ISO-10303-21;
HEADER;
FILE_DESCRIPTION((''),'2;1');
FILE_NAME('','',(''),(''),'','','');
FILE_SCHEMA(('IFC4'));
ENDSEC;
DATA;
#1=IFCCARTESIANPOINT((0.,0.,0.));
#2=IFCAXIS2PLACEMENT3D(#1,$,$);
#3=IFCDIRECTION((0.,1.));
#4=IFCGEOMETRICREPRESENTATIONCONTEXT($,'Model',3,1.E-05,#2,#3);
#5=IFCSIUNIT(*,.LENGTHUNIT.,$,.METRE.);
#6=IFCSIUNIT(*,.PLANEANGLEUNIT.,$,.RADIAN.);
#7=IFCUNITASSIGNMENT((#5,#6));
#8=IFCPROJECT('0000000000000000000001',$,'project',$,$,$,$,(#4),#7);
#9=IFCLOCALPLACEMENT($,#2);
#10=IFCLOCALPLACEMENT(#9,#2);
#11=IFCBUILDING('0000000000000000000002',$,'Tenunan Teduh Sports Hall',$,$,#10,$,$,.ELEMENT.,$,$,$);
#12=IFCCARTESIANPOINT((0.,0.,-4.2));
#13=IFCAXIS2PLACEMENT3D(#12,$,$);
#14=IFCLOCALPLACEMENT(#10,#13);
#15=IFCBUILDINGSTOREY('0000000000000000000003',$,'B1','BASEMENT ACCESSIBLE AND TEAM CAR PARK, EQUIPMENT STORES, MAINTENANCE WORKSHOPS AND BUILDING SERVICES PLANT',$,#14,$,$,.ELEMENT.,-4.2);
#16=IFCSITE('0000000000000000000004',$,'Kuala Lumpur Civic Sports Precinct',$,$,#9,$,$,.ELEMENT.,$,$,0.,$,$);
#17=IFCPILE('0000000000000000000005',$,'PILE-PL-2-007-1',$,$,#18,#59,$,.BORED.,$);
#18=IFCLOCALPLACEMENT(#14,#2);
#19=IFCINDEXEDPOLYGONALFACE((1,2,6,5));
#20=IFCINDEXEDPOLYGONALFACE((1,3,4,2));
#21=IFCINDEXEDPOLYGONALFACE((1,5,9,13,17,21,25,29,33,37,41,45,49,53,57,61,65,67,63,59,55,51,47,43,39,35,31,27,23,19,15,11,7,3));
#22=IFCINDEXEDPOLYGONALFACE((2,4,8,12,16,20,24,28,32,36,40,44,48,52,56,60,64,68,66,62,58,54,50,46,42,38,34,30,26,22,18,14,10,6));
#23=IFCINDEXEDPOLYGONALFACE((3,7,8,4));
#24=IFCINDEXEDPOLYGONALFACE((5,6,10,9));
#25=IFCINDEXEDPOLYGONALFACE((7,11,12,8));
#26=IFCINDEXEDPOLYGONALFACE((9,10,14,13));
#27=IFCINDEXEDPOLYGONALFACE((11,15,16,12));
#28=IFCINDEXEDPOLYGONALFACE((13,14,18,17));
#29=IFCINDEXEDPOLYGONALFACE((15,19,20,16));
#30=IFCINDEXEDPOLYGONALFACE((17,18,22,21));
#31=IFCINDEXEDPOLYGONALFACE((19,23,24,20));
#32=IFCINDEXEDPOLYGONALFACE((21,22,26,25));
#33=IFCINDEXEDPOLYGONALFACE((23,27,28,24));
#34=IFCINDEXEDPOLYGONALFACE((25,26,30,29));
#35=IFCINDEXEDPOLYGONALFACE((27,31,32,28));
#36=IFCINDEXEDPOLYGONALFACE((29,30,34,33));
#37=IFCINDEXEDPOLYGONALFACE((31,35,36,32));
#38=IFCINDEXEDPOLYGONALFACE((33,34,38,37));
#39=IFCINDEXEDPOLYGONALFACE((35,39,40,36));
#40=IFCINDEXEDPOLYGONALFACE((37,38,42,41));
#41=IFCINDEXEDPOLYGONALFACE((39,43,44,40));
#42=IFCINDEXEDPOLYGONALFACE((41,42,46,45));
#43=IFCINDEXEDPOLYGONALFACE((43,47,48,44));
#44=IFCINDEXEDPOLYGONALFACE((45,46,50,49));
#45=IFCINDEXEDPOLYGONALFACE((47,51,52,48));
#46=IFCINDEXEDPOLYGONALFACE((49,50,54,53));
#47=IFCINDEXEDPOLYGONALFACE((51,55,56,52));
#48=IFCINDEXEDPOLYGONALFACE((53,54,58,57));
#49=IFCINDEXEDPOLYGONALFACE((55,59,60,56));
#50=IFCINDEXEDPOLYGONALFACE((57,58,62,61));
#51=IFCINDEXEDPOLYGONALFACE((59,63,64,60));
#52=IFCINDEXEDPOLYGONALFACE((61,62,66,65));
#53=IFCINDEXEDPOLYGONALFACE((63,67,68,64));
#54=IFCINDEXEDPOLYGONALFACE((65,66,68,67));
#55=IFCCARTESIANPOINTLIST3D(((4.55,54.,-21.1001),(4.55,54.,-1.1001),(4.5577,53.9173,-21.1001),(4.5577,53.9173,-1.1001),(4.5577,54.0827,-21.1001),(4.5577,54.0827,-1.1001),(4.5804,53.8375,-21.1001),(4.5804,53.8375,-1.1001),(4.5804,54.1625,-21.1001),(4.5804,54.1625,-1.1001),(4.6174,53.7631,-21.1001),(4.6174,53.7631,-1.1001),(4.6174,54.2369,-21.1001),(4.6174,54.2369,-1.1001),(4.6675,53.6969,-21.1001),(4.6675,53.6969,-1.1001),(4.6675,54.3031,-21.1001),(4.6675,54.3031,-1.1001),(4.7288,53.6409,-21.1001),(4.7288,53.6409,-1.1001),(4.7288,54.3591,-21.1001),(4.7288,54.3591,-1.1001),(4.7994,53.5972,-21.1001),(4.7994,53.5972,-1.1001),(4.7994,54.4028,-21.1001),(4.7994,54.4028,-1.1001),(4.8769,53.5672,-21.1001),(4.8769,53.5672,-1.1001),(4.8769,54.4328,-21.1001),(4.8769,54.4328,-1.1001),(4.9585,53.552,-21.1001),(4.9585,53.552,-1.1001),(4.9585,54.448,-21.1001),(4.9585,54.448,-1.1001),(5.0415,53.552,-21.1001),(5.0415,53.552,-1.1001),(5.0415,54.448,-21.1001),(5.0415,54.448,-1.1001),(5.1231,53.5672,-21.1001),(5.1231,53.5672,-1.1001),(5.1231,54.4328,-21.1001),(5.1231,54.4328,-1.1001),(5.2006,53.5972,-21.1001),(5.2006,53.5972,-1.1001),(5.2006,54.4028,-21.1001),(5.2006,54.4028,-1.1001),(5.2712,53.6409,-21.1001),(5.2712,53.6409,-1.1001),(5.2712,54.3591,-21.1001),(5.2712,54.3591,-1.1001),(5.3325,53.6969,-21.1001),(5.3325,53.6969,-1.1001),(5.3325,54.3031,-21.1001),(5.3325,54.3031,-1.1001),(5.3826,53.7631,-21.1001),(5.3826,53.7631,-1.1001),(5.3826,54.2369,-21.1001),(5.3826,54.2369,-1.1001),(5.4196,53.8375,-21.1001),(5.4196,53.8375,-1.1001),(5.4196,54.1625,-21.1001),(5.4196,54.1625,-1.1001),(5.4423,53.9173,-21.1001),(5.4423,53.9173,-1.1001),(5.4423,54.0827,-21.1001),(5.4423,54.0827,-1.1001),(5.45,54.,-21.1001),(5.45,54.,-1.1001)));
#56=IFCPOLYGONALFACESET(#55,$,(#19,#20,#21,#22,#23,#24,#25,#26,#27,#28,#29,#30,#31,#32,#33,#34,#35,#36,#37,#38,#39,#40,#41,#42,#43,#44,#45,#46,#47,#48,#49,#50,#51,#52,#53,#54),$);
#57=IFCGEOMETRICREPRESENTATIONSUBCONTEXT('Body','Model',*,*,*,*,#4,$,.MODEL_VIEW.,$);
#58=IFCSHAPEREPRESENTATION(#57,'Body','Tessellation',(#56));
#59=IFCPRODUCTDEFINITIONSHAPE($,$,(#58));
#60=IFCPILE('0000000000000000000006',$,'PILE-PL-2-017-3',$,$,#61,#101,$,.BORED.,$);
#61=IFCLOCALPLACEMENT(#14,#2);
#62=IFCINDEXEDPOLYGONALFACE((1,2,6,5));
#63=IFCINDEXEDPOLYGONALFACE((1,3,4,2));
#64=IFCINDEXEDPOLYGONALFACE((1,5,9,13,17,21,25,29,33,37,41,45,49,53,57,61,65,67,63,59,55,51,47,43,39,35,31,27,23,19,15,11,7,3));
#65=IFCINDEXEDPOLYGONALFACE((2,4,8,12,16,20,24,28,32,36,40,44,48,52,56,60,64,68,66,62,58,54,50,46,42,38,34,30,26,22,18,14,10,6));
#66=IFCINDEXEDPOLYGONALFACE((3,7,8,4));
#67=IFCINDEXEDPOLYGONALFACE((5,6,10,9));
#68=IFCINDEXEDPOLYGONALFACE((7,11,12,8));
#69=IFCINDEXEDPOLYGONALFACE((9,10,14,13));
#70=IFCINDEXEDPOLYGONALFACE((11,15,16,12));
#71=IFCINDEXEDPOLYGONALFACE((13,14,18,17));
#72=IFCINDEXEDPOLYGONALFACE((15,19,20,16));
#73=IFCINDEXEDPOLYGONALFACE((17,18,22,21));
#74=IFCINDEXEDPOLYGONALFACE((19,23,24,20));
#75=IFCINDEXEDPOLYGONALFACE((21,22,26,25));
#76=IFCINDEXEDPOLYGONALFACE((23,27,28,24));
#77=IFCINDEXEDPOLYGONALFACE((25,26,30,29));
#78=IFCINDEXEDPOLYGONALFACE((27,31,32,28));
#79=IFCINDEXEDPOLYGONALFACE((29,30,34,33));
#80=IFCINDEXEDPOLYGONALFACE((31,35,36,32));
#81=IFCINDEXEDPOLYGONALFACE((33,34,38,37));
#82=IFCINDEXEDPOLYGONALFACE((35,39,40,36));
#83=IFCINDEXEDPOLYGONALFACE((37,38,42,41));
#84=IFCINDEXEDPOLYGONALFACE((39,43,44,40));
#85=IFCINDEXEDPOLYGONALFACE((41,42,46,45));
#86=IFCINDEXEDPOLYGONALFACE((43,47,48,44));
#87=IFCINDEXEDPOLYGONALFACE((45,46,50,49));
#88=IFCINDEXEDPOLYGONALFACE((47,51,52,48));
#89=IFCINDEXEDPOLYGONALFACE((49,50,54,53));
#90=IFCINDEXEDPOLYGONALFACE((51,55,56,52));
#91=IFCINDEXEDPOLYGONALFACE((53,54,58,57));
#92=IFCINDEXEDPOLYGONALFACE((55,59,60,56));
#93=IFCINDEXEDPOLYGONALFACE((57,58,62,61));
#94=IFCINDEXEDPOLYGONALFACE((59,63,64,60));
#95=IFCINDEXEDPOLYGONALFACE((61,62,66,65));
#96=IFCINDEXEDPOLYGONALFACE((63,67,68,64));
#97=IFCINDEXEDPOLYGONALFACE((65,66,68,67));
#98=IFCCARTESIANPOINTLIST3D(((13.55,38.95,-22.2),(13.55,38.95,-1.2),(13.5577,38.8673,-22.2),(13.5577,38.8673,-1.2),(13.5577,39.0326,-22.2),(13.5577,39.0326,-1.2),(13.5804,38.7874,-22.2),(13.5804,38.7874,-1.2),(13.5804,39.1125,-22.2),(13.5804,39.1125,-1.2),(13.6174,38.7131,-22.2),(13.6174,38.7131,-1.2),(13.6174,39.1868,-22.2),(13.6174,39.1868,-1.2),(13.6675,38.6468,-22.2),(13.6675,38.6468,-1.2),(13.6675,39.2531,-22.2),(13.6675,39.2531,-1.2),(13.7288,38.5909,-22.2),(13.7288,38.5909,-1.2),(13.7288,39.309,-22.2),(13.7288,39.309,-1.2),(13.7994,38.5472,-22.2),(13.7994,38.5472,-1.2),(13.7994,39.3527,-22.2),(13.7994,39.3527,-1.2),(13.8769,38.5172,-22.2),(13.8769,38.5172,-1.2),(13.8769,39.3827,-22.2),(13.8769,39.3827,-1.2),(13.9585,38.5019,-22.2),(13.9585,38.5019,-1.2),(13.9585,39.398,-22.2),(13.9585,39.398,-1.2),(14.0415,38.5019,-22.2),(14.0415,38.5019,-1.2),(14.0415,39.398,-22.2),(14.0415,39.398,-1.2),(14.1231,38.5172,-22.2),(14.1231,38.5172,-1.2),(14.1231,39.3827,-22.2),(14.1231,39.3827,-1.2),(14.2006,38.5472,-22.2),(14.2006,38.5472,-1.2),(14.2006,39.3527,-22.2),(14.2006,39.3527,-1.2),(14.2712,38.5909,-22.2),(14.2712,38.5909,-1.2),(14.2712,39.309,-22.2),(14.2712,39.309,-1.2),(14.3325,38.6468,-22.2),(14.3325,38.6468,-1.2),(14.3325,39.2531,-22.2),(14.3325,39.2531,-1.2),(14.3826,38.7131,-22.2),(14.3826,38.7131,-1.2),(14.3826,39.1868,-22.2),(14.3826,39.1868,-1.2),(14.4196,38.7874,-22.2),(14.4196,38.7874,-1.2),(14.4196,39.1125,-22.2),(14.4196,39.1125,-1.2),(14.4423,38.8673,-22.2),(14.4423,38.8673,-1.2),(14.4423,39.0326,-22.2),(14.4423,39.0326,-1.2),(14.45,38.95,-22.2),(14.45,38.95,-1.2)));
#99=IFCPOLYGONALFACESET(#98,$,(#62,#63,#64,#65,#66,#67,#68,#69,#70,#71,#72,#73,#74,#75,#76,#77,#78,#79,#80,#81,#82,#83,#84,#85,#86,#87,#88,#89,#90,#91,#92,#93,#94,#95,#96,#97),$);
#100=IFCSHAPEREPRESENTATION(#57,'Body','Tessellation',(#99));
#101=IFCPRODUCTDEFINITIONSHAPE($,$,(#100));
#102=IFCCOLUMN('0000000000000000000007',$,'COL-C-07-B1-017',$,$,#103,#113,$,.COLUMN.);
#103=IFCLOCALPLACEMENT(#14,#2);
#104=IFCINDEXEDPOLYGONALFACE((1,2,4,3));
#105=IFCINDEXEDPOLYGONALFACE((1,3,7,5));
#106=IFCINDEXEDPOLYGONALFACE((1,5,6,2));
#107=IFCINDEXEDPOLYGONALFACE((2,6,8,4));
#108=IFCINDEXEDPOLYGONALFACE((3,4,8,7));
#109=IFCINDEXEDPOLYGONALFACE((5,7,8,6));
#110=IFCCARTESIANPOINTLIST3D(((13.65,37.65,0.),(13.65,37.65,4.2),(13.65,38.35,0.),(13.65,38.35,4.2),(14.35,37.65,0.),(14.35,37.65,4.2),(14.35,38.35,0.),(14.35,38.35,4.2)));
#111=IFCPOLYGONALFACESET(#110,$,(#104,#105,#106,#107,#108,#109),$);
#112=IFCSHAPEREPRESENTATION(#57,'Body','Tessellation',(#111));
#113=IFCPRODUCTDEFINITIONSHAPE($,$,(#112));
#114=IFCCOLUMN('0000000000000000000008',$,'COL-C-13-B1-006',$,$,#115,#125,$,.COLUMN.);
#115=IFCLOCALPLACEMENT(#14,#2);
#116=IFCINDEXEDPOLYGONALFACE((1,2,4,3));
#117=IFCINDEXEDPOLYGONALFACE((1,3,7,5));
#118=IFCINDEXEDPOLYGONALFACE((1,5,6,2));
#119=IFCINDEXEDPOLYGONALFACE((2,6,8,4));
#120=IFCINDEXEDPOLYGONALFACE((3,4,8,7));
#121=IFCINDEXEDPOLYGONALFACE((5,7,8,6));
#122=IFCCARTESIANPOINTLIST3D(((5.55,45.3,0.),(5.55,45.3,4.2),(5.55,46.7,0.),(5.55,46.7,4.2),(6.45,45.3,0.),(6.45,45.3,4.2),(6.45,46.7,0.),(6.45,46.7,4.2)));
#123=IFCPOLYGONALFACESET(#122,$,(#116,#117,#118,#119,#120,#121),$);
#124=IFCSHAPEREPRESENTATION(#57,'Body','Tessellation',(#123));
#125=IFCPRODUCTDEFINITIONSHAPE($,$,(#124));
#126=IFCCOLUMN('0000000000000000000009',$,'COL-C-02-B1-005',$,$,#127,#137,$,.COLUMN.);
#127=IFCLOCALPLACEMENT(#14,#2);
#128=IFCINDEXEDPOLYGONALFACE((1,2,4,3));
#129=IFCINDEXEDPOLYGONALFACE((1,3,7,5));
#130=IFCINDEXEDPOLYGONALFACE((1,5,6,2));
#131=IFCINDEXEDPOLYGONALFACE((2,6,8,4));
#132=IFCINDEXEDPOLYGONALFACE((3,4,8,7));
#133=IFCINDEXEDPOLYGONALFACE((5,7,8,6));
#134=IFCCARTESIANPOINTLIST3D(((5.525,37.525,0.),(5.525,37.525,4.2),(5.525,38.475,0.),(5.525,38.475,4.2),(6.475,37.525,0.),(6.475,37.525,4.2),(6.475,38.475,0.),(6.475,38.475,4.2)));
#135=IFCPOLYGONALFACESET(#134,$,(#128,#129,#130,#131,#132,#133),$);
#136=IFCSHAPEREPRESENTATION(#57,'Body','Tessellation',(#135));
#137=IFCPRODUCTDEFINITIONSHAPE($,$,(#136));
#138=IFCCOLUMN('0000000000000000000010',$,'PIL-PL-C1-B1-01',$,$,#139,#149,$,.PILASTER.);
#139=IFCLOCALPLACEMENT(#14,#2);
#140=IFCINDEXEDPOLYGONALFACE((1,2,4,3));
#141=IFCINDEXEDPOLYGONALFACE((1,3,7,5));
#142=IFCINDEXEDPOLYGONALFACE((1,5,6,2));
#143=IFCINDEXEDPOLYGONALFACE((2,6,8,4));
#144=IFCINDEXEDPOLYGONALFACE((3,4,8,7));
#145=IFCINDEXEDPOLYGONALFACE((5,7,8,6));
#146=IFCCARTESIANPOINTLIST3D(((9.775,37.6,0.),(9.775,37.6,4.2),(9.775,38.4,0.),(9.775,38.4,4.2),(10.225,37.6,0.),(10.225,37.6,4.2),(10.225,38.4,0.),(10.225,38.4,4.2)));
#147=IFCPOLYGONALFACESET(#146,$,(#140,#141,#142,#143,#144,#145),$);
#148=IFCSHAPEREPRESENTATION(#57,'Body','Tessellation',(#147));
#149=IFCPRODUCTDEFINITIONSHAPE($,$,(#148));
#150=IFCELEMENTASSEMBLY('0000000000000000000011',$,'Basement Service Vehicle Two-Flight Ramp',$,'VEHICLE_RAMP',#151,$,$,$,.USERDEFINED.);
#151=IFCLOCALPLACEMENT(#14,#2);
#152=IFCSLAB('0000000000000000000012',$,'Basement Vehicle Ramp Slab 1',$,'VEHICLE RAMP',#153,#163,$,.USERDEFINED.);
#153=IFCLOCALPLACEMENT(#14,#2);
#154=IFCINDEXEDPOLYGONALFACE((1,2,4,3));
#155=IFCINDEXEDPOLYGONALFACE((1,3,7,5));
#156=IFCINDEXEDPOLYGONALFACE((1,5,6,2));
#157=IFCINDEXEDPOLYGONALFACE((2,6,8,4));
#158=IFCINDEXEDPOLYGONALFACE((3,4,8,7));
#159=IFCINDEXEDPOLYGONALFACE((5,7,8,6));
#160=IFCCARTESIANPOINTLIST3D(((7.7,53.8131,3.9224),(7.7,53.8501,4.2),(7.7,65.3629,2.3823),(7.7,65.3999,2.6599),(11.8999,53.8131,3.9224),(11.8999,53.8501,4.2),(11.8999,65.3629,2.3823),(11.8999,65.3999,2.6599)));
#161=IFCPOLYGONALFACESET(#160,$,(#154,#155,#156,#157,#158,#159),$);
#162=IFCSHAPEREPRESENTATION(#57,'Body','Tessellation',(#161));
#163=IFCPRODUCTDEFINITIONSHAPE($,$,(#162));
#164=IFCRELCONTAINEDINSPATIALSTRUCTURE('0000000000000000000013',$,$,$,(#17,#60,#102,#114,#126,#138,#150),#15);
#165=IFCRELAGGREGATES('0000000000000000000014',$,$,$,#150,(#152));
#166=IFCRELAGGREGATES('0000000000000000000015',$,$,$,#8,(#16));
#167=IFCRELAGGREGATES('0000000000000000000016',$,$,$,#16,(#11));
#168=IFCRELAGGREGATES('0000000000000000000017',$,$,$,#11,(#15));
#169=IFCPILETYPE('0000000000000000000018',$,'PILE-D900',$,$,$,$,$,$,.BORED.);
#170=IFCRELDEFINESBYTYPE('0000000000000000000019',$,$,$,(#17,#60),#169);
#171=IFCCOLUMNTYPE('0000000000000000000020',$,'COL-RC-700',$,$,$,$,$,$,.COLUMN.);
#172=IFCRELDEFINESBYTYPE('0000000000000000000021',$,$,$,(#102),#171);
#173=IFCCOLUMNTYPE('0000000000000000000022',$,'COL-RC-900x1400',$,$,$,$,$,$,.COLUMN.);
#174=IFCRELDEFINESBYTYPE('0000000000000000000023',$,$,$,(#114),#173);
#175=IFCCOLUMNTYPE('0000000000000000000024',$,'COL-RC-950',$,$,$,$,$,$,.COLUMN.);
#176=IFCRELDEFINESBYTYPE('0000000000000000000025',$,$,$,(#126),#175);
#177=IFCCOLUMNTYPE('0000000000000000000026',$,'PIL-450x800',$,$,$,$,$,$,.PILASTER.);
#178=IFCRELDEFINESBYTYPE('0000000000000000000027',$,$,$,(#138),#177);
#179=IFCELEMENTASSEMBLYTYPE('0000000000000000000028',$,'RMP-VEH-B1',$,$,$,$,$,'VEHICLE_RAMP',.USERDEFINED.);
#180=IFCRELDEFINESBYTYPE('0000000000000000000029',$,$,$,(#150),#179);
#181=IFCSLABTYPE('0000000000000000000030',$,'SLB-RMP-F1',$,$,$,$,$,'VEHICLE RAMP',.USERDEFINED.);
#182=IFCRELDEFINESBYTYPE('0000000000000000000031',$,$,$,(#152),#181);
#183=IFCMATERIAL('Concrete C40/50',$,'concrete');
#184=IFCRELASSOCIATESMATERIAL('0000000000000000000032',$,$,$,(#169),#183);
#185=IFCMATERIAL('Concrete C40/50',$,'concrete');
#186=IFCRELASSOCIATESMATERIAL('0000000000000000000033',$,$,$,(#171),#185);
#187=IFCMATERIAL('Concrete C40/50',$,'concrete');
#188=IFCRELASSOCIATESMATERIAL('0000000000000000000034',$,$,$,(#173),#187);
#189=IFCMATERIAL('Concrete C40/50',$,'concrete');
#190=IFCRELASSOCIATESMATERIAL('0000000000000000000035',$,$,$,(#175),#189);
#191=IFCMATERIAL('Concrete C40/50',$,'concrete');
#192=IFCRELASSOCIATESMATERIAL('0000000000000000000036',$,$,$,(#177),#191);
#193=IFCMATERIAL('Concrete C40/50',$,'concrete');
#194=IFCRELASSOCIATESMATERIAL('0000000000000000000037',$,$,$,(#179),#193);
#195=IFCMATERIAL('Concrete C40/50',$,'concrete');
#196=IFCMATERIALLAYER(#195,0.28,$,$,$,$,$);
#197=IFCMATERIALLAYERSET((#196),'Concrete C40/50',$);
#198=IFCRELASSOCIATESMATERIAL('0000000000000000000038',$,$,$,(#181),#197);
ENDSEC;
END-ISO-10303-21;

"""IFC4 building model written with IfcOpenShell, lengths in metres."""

from ifc_helpers import new_model, si_unit, direction, frame, origin, origin_2d, place, context, subcontext, project, spatial, polyline, rectangle, circle, outline, extrude, material, layer, layer_set, material_profile, profile_set, type_object, element, aggregate, save


model = new_model("IFC4")

# Units and contexts
model_context = context("Model", 3, precision=1e-05, world=origin(), true_north=direction((0.0, 1.0)))
body_context = subcontext(model_context, "Body", "Model", "MODEL_VIEW")
ifc_project = project(units=[si_unit("LENGTHUNIT", "METRE"), si_unit("PLANEANGLEUNIT", "RADIAN")], contexts=[model_context])

# Site, building, storey
site_placement = place(None, origin())
site = spatial("IfcSite", under=ifc_project, at=site_placement, Name="Kuala Lumpur Civic Sports Precinct", CompositionType="ELEMENT", RefElevation=0.0)
building_placement = place(site_placement, origin())
building = spatial("IfcBuilding", under=site, at=building_placement, Name="Tenunan Teduh Sports Hall", CompositionType="ELEMENT")
storey_placement = place(building_placement, frame((0.0, 0.0, -4.2)))
storey = spatial("IfcBuildingStorey", under=building, at=storey_placement, Name="B1", Description="BASEMENT ACCESSIBLE AND TEAM CAR PARK, EQUIPMENT STORES, MAINTENANCE WORKSHOPS AND BUILDING SERVICES PLANT", CompositionType="ELEMENT", Elevation=-4.2)

# Piles
ifc_material_1 = material(Name="Concrete C40/50", Category="concrete")
ifc_material_profile_1 = material_profile(ifc_material_1, circle(Radius=0.45, at=origin_2d()), Name="PILE D900")
ifc_profile_set_1 = profile_set([ifc_material_profile_1], Name="Concrete C40/50")
pile_type_1 = type_object("IfcPileType", Name="PILE-D900", PredefinedType="BORED", material=ifc_profile_set_1)
pile_1_placement = place(storey_placement, frame((5.0, 54.0, -1.1001), z_axis=(0.0, 0.0, -1.0), x_axis=(1.0, 0.0, 0.0)))
element("IfcPile", 1, at=pile_1_placement, inside=storey, type_object=pile_type_1, Name="PILE-PL-2-007-1", PredefinedType="BORED", context=body_context, shape_type="SweptSolid", body=[
    extrude(circle(Radius=0.45, at=origin_2d()), origin(), (0.0, 0.0, 1.0), 20.0),
])
pile_2_placement = place(storey_placement, frame((14.0, 38.95, -1.2), z_axis=(0.0, 0.0, -1.0), x_axis=(1.0, 0.0, 0.0)))
element("IfcPile", 2, at=pile_2_placement, inside=storey, type_object=pile_type_1, Name="PILE-PL-2-017-3", PredefinedType="BORED", context=body_context, shape_type="SweptSolid", body=[
    extrude(circle(Radius=0.45, at=origin_2d()), origin(), (0.0, 0.0, 1.0), 21.0),
])

# Columns
ifc_material_2 = material(Name="Concrete C40/50", Category="concrete")
ifc_material_profile_2 = material_profile(ifc_material_2, rectangle(XDim=0.7, YDim=0.7, at=origin_2d()), Name="RC 700x700")
ifc_profile_set_2 = profile_set([ifc_material_profile_2], Name="Concrete C40/50")
column_type_1 = type_object("IfcColumnType", Name="COL-RC-700", PredefinedType="COLUMN", material=ifc_profile_set_2)
column_1_placement = place(storey_placement, frame((14.0, 38.0, 0.0), z_axis=(0.0, 0.0, 1.0), x_axis=(1.0, 0.0, 0.0)))
element("IfcColumn", 3, at=column_1_placement, inside=storey, type_object=column_type_1, Name="COL-C-07-B1-017", PredefinedType="COLUMN", context=body_context, shape_type="SweptSolid", body=[
    extrude(rectangle(XDim=0.7, YDim=0.7, at=origin_2d()), origin(), (0.0, 0.0, 1.0), 4.2),
])
ifc_material_3 = material(Name="Concrete C40/50", Category="concrete")
ifc_material_profile_3 = material_profile(ifc_material_3, rectangle(XDim=0.8999, YDim=1.3999, at=origin_2d()), Name="RC 900x1400")
ifc_profile_set_3 = profile_set([ifc_material_profile_3], Name="Concrete C40/50")
column_type_2 = type_object("IfcColumnType", Name="COL-RC-900x1400", PredefinedType="COLUMN", material=ifc_profile_set_3)
column_2_placement = place(storey_placement, frame((6.0, 46.0, 0.0), z_axis=(0.0, 0.0, 1.0), x_axis=(1.0, 0.0, 0.0)))
element("IfcColumn", 4, at=column_2_placement, inside=storey, type_object=column_type_2, Name="COL-C-13-B1-006", PredefinedType="COLUMN", context=body_context, shape_type="SweptSolid", body=[
    extrude(rectangle(XDim=0.8999, YDim=1.3999, at=origin_2d()), origin(), (0.0, 0.0, 1.0), 4.2),
])
ifc_material_4 = material(Name="Concrete C40/50", Category="concrete")
ifc_material_profile_4 = material_profile(ifc_material_4, rectangle(XDim=0.95, YDim=0.95, at=origin_2d()), Name="RC 950x950")
ifc_profile_set_4 = profile_set([ifc_material_profile_4], Name="Concrete C40/50")
column_type_3 = type_object("IfcColumnType", Name="COL-RC-950", PredefinedType="COLUMN", material=ifc_profile_set_4)
column_3_placement = place(storey_placement, frame((6.0, 38.0, 0.0), z_axis=(0.0, 0.0, 1.0), x_axis=(1.0, 0.0, 0.0)))
element("IfcColumn", 5, at=column_3_placement, inside=storey, type_object=column_type_3, Name="COL-C-02-B1-005", PredefinedType="COLUMN", context=body_context, shape_type="SweptSolid", body=[
    extrude(rectangle(XDim=0.95, YDim=0.95, at=origin_2d()), origin(), (0.0, 0.0, 1.0), 4.2),
])
ifc_material_5 = material(Name="Concrete C40/50", Category="concrete")
ifc_material_profile_5 = material_profile(ifc_material_5, rectangle(XDim=0.45, YDim=0.8, at=origin_2d()), Name="PIL 450x800")
ifc_profile_set_5 = profile_set([ifc_material_profile_5], Name="Concrete C40/50")
column_type_4 = type_object("IfcColumnType", Name="PIL-450x800", PredefinedType="PILASTER", material=ifc_profile_set_5)
column_4_placement = place(storey_placement, frame((10.0, 38.0, 0.0), z_axis=(0.0, 0.0, 1.0), x_axis=(1.0, 0.0, 0.0)))
element("IfcColumn", 6, at=column_4_placement, inside=storey, type_object=column_type_4, Name="PIL-PL-C1-B1-01", PredefinedType="PILASTER", context=body_context, shape_type="SweptSolid", body=[
    extrude(rectangle(XDim=0.45, YDim=0.8, at=origin_2d()), origin(), (0.0, 0.0, 1.0), 4.2),
])

# Element assembly, slab
ifc_material_6 = material(Name="Concrete C40/50", Category="concrete")
element_assembly_type = type_object("IfcElementAssemblyType", Name="RMP-VEH-B1", ElementType="VEHICLE_RAMP", PredefinedType="USERDEFINED", material=ifc_material_6)
assembly_placement = place(storey_placement, origin())
assembly = element("IfcElementAssembly", 7, at=assembly_placement, inside=storey, type_object=element_assembly_type, Name="Basement Service Vehicle Two-Flight Ramp", ObjectType="VEHICLE_RAMP", PredefinedType="USERDEFINED")
ifc_material_7 = material(Name="Concrete C40/50", Category="concrete")
ifc_layer = layer(ifc_material_7, 0.28)
ifc_layer_set = layer_set([ifc_layer], Name="Concrete C40/50")
slab_type = type_object("IfcSlabType", Name="SLB-RMP-F1", ElementType="VEHICLE RAMP", PredefinedType="USERDEFINED", material=ifc_layer_set)
slab_placement = place(storey_placement, frame((7.7, 53.8501, 4.2), z_axis=(0.0, 0.132169, 0.991227), x_axis=(1.0, 0.0, 0.0)))
slab = element("IfcSlab", 8, at=slab_placement, type_object=slab_type, Name="Basement Vehicle Ramp Slab 1", ObjectType="VEHICLE RAMP", PredefinedType="USERDEFINED", context=body_context, shape_type="SweptSolid", body=[
    extrude(outline(polyline([(0.0, 0.0), (4.2, 0.0), (4.2, 11.652), (0.0, 11.652), (0.0, 0.0)])), origin(), (0.0, 0.0, -1.0), 0.28),
])
aggregate(assembly, [slab])

save(model, "model.ifc")
